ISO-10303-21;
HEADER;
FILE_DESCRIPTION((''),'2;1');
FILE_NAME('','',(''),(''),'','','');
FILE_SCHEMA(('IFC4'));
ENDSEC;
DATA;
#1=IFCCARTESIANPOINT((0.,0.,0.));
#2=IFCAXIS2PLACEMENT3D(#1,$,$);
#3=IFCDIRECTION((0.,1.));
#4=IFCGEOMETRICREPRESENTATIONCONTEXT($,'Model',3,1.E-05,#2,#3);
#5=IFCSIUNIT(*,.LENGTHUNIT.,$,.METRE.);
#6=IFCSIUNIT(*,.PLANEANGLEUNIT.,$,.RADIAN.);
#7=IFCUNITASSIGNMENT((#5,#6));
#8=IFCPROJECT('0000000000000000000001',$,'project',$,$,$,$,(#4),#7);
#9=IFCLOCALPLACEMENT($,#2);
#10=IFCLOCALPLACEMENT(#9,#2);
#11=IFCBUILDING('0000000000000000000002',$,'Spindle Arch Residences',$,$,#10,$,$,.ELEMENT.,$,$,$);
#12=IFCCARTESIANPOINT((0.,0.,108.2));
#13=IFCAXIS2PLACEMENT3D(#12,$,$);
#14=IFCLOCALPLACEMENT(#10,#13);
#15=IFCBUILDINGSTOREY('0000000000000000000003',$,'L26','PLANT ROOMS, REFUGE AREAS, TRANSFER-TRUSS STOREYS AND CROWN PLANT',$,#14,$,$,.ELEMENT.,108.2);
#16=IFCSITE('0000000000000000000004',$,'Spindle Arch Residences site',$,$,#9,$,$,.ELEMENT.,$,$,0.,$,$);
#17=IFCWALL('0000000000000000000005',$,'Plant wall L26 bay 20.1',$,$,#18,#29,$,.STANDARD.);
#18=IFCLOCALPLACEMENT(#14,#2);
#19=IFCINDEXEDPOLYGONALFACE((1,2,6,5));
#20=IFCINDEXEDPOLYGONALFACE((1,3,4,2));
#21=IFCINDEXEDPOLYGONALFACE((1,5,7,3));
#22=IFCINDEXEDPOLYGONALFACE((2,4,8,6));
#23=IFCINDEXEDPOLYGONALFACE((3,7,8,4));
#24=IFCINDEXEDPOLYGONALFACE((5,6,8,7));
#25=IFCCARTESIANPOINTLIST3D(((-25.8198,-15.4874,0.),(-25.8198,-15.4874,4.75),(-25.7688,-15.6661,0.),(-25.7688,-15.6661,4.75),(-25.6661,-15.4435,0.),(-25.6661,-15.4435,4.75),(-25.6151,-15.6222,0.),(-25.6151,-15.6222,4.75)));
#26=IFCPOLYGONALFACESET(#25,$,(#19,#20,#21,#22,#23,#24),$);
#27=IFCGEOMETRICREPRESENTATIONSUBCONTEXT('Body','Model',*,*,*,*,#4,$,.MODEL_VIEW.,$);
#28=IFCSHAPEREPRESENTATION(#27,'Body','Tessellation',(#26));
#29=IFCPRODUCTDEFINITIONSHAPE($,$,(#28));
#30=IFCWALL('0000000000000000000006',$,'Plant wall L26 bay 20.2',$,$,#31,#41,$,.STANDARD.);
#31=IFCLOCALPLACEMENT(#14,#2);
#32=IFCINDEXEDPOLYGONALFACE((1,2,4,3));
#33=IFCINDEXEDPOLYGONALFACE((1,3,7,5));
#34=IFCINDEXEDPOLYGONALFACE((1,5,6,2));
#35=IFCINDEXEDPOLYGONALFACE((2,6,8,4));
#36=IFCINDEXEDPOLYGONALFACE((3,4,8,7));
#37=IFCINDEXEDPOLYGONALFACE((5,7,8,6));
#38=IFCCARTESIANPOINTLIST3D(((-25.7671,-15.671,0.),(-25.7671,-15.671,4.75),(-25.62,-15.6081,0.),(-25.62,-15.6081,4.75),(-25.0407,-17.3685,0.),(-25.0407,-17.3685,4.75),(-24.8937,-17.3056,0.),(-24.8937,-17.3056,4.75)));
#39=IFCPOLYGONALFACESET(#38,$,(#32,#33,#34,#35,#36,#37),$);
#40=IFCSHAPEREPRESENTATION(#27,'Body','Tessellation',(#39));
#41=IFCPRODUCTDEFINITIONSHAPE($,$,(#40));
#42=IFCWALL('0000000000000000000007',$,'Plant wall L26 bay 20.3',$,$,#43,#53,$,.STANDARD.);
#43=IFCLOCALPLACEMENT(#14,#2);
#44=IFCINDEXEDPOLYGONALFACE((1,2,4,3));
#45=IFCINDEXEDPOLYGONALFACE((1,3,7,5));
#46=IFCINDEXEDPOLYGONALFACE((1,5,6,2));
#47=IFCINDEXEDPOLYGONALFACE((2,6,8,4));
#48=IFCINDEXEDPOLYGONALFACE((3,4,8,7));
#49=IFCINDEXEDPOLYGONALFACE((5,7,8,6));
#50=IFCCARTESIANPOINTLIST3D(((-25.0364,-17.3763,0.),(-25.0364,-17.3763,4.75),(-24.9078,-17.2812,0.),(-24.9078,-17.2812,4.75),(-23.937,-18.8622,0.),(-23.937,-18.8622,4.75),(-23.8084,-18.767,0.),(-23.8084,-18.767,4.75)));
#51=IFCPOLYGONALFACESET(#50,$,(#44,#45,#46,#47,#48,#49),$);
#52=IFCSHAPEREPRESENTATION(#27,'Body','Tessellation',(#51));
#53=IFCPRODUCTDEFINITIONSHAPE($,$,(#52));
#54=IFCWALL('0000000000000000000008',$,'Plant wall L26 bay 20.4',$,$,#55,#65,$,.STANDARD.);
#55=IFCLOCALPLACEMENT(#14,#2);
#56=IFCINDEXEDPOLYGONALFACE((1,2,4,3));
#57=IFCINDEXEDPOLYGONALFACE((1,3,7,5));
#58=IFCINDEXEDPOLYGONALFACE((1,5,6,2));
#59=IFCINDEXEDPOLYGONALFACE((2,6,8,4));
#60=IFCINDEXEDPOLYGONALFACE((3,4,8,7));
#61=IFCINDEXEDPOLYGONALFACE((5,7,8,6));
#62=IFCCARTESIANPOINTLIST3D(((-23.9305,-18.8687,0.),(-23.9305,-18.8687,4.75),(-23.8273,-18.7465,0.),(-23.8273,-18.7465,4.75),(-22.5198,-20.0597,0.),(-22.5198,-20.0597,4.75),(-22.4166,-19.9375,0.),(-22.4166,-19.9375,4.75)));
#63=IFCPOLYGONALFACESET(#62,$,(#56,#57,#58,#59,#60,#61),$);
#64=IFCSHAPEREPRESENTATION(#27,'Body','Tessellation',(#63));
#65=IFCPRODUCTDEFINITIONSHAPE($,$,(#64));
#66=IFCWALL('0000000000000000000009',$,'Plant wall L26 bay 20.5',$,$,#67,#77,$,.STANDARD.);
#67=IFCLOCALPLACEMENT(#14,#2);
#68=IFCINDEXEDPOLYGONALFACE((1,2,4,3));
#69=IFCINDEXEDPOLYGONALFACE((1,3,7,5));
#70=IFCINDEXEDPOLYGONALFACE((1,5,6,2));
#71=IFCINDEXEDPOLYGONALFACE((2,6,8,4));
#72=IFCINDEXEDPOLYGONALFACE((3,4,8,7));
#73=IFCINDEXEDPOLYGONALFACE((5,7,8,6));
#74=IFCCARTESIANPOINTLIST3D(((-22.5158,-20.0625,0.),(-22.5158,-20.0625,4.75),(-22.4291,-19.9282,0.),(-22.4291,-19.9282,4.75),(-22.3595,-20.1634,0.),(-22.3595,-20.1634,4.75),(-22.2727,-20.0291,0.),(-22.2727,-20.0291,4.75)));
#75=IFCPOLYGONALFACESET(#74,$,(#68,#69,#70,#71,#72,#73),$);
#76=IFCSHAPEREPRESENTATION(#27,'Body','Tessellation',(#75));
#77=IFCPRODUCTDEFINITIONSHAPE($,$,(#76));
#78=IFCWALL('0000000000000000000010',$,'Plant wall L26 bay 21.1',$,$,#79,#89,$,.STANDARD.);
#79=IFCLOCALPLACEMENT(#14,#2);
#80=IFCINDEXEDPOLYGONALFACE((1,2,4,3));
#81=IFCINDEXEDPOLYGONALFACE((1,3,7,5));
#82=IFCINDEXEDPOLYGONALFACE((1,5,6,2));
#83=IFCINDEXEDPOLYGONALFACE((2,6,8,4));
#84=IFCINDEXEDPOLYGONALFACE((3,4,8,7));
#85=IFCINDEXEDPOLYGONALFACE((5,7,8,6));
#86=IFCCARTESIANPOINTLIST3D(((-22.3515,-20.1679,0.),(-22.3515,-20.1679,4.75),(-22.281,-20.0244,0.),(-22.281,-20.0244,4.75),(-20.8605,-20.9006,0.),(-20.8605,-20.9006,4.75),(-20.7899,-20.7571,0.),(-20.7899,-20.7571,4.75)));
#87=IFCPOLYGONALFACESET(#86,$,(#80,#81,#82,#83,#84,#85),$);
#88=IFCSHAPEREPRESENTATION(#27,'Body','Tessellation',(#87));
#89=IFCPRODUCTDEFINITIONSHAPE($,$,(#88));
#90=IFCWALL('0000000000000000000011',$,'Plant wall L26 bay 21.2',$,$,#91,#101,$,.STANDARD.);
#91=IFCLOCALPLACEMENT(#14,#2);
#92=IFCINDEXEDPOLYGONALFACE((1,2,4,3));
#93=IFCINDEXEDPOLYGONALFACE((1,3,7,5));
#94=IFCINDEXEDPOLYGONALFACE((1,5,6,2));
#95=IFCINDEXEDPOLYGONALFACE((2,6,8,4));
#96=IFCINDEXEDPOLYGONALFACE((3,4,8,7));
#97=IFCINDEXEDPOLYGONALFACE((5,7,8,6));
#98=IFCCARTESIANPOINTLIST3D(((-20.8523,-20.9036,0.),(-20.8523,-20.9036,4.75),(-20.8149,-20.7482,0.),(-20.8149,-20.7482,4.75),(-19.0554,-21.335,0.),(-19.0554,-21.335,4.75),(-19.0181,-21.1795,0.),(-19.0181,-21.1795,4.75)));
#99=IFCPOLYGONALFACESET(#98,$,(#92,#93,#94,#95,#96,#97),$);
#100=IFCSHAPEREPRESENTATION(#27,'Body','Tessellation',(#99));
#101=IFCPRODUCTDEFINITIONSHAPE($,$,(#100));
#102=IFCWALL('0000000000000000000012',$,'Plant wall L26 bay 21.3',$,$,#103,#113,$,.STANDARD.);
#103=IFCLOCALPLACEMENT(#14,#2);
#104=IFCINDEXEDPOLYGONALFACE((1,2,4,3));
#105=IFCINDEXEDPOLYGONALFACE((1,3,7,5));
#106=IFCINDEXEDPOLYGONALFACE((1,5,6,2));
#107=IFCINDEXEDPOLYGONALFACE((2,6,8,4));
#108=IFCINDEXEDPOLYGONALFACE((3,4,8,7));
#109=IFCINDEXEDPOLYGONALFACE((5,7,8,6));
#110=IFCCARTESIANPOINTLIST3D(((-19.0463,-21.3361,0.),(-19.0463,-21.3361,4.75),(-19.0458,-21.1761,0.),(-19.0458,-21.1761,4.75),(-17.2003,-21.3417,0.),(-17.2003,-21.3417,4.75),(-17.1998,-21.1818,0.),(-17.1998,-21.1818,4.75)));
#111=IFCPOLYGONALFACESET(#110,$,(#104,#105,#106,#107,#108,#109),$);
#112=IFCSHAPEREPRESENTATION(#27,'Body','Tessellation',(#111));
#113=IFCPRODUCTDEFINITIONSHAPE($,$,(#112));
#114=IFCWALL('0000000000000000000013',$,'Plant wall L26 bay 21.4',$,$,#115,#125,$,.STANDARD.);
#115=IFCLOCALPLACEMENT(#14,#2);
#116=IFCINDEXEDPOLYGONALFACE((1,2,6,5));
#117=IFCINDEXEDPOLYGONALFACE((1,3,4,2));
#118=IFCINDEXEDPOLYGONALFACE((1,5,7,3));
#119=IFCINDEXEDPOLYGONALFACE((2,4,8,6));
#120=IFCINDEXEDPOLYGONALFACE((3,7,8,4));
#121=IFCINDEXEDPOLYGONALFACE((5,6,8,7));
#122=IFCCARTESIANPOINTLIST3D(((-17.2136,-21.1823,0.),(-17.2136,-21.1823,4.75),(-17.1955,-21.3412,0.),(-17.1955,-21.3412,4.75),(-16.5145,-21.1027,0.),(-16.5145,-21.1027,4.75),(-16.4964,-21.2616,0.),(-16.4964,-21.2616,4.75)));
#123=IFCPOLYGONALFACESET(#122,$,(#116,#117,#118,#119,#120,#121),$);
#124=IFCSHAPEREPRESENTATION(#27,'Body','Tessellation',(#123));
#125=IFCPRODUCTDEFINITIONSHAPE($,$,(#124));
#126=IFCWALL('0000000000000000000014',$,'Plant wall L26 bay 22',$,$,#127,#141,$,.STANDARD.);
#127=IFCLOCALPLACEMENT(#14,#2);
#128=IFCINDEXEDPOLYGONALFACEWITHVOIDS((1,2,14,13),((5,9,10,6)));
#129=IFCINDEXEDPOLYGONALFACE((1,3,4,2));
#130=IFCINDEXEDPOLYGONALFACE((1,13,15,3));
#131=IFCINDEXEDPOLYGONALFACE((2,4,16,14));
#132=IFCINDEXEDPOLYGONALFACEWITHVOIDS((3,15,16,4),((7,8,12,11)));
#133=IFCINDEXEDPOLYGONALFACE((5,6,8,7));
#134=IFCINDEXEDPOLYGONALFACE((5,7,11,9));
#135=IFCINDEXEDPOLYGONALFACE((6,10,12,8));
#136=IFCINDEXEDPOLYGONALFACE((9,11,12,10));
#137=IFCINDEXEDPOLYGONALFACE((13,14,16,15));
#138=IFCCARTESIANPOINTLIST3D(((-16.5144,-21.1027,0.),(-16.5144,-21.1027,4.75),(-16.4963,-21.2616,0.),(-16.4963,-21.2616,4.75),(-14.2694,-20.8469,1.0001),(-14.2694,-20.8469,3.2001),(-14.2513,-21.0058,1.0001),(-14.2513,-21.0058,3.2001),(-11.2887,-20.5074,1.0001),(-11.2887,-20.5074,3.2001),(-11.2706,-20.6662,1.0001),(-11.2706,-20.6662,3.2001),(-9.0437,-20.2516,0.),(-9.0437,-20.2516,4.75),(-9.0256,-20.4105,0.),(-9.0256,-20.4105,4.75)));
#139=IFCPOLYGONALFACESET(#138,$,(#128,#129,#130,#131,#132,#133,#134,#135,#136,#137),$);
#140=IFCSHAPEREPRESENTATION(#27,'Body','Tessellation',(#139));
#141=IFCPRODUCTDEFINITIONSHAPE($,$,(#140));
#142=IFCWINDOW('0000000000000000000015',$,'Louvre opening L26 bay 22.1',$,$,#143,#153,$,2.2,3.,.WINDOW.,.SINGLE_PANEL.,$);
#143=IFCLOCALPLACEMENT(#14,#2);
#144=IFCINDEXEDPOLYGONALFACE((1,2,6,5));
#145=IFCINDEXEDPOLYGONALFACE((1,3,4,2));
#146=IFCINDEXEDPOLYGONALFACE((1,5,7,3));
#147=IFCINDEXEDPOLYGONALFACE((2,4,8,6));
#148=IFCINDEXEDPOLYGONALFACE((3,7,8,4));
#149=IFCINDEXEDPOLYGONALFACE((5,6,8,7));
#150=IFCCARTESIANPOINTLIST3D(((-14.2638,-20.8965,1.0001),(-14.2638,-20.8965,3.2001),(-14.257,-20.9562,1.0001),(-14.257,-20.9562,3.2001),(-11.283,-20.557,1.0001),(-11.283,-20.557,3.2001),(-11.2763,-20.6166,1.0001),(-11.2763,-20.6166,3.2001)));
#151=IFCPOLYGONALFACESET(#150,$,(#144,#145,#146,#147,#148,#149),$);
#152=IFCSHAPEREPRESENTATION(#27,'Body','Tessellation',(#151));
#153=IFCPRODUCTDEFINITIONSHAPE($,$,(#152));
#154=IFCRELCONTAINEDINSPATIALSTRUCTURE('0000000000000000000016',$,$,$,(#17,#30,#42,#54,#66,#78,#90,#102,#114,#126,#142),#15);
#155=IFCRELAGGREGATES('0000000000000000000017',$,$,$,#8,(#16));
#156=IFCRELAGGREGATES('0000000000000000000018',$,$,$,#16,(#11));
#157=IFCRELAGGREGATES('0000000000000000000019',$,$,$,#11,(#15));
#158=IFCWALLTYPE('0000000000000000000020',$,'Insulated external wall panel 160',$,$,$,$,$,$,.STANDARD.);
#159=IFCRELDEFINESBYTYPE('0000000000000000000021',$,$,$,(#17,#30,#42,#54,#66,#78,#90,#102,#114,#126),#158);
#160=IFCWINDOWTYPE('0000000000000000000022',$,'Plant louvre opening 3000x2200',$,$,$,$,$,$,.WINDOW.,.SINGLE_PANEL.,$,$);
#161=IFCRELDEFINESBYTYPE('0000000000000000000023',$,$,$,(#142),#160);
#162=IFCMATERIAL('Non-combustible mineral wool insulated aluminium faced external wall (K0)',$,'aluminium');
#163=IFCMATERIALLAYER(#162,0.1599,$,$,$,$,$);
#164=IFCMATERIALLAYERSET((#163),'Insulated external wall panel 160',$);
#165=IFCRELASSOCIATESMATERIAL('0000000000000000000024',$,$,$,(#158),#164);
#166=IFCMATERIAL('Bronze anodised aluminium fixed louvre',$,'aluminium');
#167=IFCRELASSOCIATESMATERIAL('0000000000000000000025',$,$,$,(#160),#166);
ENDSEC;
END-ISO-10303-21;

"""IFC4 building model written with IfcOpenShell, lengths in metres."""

from ifc_helpers import new_model, si_unit, direction, frame, frame_2d, origin, place, context, subcontext, project, spatial, rectangle, extrude, material, layer, layer_set, type_object, element, fill, save


model = new_model("IFC4")

# Units and contexts
model_context = context("Model", 3, precision=1e-05, world=origin(), true_north=direction((0.0, 1.0)))
body_context = subcontext(model_context, "Body", "Model", "MODEL_VIEW")
ifc_project = project(units=[si_unit("LENGTHUNIT", "METRE"), si_unit("PLANEANGLEUNIT", "RADIAN")], contexts=[model_context])

# Site, building, storey
site_placement = place(None, origin())
site = spatial("IfcSite", under=ifc_project, at=site_placement, Name="Spindle Arch Residences site", CompositionType="ELEMENT", RefElevation=0.0)
building_placement = place(site_placement, origin())
building = spatial("IfcBuilding", under=site, at=building_placement, Name="Spindle Arch Residences", CompositionType="ELEMENT")
storey_placement = place(building_placement, frame((0.0, 0.0, 108.2)))
storey = spatial("IfcBuildingStorey", under=building, at=storey_placement, Name="L26", Description="PLANT ROOMS, REFUGE AREAS, TRANSFER-TRUSS STOREYS AND CROWN PLANT", CompositionType="ELEMENT", Elevation=108.2)

# Walls
ifc_material_1 = material(Name="Non-combustible mineral wool insulated aluminium faced external wall (K0)", Category="aluminium")
ifc_layer = layer(ifc_material_1, 0.1599)
ifc_layer_set = layer_set([ifc_layer], Name="Insulated external wall panel 160")
wall_type = type_object("IfcWallType", Name="Insulated external wall panel 160", PredefinedType="STANDARD", material=ifc_layer_set)
wall_1_placement = place(storey_placement, frame((-25.7429, -15.4656, 0.0), z_axis=(0.0, 0.0, 1.0), x_axis=(0.274548, -0.961574, 0.0)))
element("IfcWall", 1, at=wall_1_placement, inside=storey, type_object=wall_type, Name="Plant wall L26 bay 20.1", PredefinedType="STANDARD", context=body_context, shape_type="SweptSolid", body=[
    extrude(rectangle(XDim=0.1858, YDim=0.1599, at=frame_2d((0.0928, 0.0))), origin(), (0.0, 0.0, 1.0), 4.75),
])
wall_2_placement = place(storey_placement, frame((-25.6936, -15.6394, 0.0), z_axis=(0.0, 0.0, 1.0), x_axis=(0.393377, -0.919377, 0.0)))
element("IfcWall", 2, at=wall_2_placement, inside=storey, type_object=wall_type, Name="Plant wall L26 bay 20.2", PredefinedType="STANDARD", context=body_context, shape_type="SweptSolid", body=[
    extrude(rectangle(XDim=1.8464, YDim=0.1599, at=frame_2d((0.9233, 0.0))), origin(), (0.0, 0.0, 1.0), 4.75),
])
wall_3_placement = place(storey_placement, frame((-24.9722, -17.3286, 0.0), z_axis=(0.0, 0.0, 1.0), x_axis=(0.594788, -0.803882, 0.0)))
element("IfcWall", 3, at=wall_3_placement, inside=storey, type_object=wall_type, Name="Plant wall L26 bay 20.3", PredefinedType="STANDARD", context=body_context, shape_type="SweptSolid", body=[
    extrude(rectangle(XDim=1.8484, YDim=0.1599, at=frame_2d((0.9243, 0.0))), origin(), (0.0, 0.0, 1.0), 4.75),
])
wall_4_placement = place(storey_placement, frame((-23.8789, -18.8076, 0.0), z_axis=(0.0, 0.0, 1.0), x_axis=(0.764108, -0.645088, 0.0)))
element("IfcWall", 4, at=wall_4_placement, inside=storey, type_object=wall_type, Name="Plant wall L26 bay 20.4", PredefinedType="STANDARD", context=body_context, shape_type="SweptSolid", body=[
    extrude(rectangle(XDim=1.8462, YDim=0.1599, at=frame_2d((0.9231, 0.0))), origin(), (0.0, 0.0, 1.0), 4.75),
])
wall_5_placement = place(storey_placement, frame((-22.4724, -19.9954, 0.0), z_axis=(0.0, 0.0, 1.0), x_axis=(0.840239, -0.542217, 0.0)))
element("IfcWall", 5, at=wall_5_placement, inside=storey, type_object=wall_type, Name="Plant wall L26 bay 20.5", PredefinedType="STANDARD", context=body_context, shape_type="SweptSolid", body=[
    extrude(rectangle(XDim=0.186, YDim=0.1599, at=frame_2d((0.093, 0.0))), origin(), (0.0, 0.0, 1.0), 4.75),
])
wall_6_placement = place(storey_placement, frame((-22.3162, -20.0962, 0.0), z_axis=(0.0, 0.0, 1.0), x_axis=(0.897492, -0.441031, 0.0)))
element("IfcWall", 6, at=wall_6_placement, inside=storey, type_object=wall_type, Name="Plant wall L26 bay 21.1", PredefinedType="STANDARD", context=body_context, shape_type="SweptSolid", body=[
    extrude(rectangle(XDim=1.6614, YDim=0.1599, at=frame_2d((0.8306, 0.0))), origin(), (0.0, 0.0, 1.0), 4.75),
])
wall_7_placement = place(storey_placement, frame((-20.8335, -20.8259, 0.0), z_axis=(0.0, 0.0, 1.0), x_axis=(0.972369, -0.233448, 0.0)))
element("IfcWall", 7, at=wall_7_placement, inside=storey, type_object=wall_type, Name="Plant wall L26 bay 21.2", PredefinedType="STANDARD", context=body_context, shape_type="SweptSolid", body=[
    extrude(rectangle(XDim=1.8479, YDim=0.1599, at=frame_2d((0.9238, 0.0))), origin(), (0.0, 0.0, 1.0), 4.75),
])
wall_8_placement = place(storey_placement, frame((-19.0459, -21.2561, 0.0), z_axis=(0.0, 0.0, 1.0), x_axis=(0.999995, -0.003042, 0.0)))
element("IfcWall", 8, at=wall_8_placement, inside=storey, type_object=wall_type, Name="Plant wall L26 bay 21.3", PredefinedType="STANDARD", context=body_context, shape_type="SweptSolid", body=[
    extrude(rectangle(XDim=1.8459, YDim=0.1599, at=frame_2d((0.9229, 0.0))), origin(), (0.0, 0.0, 1.0), 4.75),
])
wall_9_placement = place(storey_placement, frame((-17.2046, -21.2617, 0.0), z_axis=(0.0, 0.0, 1.0), x_axis=(0.993584, 0.113097, 0.0)))
element("IfcWall", 9, at=wall_9_placement, inside=storey, type_object=wall_type, Name="Plant wall L26 bay 21.4", PredefinedType="STANDARD", context=body_context, shape_type="SweptSolid", body=[
    extrude(rectangle(XDim=0.7036, YDim=0.1599, at=frame_2d((0.3518, 0.0))), origin(), (0.0, 0.0, 1.0), 4.75),
])

# Wall, opening, window
wall_10_placement = place(storey_placement, frame((-16.5054, -21.1821, 0.0), z_axis=(0.0, 0.0, 1.0), x_axis=(0.993573, 0.113189, 0.0)))
wall_10 = element("IfcWall", 10, at=wall_10_placement, inside=storey, type_object=wall_type, Name="Plant wall L26 bay 22", PredefinedType="STANDARD", context=body_context, shape_type="SweptSolid", body=[
    extrude(rectangle(XDim=7.519, YDim=0.1599, at=frame_2d((3.7595, 0.0))), origin(), (0.0, 0.0, 1.0), 4.75),
])
opening_placement = place(wall_10_placement, frame((2.2595, 0.0, 1.0)))
opening = element("IfcOpeningElement", 11, at=opening_placement, cuts=wall_10, PredefinedType="OPENING", context=body_context, shape_type="SweptSolid", body=[
    extrude(rectangle(XDim=3.0, YDim=2.2, at=frame_2d((1.5, 1.1001))), frame((0.0, 0.0898, 0.0), z_axis=(0.0, -1.0, 0.0), x_axis=(1.0, 0.0, 0.0)), (0.0, 0.0, 1.0), 0.1799),
])
ifc_material_2 = material(Name="Bronze anodised aluminium fixed louvre", Category="aluminium")
window_type = type_object("IfcWindowType", Name="Plant louvre opening 3000x2200", PartitioningType="SINGLE_PANEL", PredefinedType="WINDOW", material=ifc_material_2)
window_placement = place(opening_placement, origin())
window = element("IfcWindow", 12, at=window_placement, inside=storey, type_object=window_type, Name="Louvre opening L26 bay 22.1", OverallHeight=2.2, OverallWidth=3.0, PartitioningType="SINGLE_PANEL", PredefinedType="WINDOW", context=body_context, shape_type="SweptSolid", body=[
    extrude(rectangle(XDim=3.0, YDim=2.2, at=frame_2d((1.5, 1.1001))), frame((0.0, 0.03, 0.0), z_axis=(0.0, -1.0, 0.0), x_axis=(1.0, 0.0, 0.0)), (0.0, 0.0, 1.0), 0.0601),
])
fill(opening, window)

save(model, "model.ifc")
